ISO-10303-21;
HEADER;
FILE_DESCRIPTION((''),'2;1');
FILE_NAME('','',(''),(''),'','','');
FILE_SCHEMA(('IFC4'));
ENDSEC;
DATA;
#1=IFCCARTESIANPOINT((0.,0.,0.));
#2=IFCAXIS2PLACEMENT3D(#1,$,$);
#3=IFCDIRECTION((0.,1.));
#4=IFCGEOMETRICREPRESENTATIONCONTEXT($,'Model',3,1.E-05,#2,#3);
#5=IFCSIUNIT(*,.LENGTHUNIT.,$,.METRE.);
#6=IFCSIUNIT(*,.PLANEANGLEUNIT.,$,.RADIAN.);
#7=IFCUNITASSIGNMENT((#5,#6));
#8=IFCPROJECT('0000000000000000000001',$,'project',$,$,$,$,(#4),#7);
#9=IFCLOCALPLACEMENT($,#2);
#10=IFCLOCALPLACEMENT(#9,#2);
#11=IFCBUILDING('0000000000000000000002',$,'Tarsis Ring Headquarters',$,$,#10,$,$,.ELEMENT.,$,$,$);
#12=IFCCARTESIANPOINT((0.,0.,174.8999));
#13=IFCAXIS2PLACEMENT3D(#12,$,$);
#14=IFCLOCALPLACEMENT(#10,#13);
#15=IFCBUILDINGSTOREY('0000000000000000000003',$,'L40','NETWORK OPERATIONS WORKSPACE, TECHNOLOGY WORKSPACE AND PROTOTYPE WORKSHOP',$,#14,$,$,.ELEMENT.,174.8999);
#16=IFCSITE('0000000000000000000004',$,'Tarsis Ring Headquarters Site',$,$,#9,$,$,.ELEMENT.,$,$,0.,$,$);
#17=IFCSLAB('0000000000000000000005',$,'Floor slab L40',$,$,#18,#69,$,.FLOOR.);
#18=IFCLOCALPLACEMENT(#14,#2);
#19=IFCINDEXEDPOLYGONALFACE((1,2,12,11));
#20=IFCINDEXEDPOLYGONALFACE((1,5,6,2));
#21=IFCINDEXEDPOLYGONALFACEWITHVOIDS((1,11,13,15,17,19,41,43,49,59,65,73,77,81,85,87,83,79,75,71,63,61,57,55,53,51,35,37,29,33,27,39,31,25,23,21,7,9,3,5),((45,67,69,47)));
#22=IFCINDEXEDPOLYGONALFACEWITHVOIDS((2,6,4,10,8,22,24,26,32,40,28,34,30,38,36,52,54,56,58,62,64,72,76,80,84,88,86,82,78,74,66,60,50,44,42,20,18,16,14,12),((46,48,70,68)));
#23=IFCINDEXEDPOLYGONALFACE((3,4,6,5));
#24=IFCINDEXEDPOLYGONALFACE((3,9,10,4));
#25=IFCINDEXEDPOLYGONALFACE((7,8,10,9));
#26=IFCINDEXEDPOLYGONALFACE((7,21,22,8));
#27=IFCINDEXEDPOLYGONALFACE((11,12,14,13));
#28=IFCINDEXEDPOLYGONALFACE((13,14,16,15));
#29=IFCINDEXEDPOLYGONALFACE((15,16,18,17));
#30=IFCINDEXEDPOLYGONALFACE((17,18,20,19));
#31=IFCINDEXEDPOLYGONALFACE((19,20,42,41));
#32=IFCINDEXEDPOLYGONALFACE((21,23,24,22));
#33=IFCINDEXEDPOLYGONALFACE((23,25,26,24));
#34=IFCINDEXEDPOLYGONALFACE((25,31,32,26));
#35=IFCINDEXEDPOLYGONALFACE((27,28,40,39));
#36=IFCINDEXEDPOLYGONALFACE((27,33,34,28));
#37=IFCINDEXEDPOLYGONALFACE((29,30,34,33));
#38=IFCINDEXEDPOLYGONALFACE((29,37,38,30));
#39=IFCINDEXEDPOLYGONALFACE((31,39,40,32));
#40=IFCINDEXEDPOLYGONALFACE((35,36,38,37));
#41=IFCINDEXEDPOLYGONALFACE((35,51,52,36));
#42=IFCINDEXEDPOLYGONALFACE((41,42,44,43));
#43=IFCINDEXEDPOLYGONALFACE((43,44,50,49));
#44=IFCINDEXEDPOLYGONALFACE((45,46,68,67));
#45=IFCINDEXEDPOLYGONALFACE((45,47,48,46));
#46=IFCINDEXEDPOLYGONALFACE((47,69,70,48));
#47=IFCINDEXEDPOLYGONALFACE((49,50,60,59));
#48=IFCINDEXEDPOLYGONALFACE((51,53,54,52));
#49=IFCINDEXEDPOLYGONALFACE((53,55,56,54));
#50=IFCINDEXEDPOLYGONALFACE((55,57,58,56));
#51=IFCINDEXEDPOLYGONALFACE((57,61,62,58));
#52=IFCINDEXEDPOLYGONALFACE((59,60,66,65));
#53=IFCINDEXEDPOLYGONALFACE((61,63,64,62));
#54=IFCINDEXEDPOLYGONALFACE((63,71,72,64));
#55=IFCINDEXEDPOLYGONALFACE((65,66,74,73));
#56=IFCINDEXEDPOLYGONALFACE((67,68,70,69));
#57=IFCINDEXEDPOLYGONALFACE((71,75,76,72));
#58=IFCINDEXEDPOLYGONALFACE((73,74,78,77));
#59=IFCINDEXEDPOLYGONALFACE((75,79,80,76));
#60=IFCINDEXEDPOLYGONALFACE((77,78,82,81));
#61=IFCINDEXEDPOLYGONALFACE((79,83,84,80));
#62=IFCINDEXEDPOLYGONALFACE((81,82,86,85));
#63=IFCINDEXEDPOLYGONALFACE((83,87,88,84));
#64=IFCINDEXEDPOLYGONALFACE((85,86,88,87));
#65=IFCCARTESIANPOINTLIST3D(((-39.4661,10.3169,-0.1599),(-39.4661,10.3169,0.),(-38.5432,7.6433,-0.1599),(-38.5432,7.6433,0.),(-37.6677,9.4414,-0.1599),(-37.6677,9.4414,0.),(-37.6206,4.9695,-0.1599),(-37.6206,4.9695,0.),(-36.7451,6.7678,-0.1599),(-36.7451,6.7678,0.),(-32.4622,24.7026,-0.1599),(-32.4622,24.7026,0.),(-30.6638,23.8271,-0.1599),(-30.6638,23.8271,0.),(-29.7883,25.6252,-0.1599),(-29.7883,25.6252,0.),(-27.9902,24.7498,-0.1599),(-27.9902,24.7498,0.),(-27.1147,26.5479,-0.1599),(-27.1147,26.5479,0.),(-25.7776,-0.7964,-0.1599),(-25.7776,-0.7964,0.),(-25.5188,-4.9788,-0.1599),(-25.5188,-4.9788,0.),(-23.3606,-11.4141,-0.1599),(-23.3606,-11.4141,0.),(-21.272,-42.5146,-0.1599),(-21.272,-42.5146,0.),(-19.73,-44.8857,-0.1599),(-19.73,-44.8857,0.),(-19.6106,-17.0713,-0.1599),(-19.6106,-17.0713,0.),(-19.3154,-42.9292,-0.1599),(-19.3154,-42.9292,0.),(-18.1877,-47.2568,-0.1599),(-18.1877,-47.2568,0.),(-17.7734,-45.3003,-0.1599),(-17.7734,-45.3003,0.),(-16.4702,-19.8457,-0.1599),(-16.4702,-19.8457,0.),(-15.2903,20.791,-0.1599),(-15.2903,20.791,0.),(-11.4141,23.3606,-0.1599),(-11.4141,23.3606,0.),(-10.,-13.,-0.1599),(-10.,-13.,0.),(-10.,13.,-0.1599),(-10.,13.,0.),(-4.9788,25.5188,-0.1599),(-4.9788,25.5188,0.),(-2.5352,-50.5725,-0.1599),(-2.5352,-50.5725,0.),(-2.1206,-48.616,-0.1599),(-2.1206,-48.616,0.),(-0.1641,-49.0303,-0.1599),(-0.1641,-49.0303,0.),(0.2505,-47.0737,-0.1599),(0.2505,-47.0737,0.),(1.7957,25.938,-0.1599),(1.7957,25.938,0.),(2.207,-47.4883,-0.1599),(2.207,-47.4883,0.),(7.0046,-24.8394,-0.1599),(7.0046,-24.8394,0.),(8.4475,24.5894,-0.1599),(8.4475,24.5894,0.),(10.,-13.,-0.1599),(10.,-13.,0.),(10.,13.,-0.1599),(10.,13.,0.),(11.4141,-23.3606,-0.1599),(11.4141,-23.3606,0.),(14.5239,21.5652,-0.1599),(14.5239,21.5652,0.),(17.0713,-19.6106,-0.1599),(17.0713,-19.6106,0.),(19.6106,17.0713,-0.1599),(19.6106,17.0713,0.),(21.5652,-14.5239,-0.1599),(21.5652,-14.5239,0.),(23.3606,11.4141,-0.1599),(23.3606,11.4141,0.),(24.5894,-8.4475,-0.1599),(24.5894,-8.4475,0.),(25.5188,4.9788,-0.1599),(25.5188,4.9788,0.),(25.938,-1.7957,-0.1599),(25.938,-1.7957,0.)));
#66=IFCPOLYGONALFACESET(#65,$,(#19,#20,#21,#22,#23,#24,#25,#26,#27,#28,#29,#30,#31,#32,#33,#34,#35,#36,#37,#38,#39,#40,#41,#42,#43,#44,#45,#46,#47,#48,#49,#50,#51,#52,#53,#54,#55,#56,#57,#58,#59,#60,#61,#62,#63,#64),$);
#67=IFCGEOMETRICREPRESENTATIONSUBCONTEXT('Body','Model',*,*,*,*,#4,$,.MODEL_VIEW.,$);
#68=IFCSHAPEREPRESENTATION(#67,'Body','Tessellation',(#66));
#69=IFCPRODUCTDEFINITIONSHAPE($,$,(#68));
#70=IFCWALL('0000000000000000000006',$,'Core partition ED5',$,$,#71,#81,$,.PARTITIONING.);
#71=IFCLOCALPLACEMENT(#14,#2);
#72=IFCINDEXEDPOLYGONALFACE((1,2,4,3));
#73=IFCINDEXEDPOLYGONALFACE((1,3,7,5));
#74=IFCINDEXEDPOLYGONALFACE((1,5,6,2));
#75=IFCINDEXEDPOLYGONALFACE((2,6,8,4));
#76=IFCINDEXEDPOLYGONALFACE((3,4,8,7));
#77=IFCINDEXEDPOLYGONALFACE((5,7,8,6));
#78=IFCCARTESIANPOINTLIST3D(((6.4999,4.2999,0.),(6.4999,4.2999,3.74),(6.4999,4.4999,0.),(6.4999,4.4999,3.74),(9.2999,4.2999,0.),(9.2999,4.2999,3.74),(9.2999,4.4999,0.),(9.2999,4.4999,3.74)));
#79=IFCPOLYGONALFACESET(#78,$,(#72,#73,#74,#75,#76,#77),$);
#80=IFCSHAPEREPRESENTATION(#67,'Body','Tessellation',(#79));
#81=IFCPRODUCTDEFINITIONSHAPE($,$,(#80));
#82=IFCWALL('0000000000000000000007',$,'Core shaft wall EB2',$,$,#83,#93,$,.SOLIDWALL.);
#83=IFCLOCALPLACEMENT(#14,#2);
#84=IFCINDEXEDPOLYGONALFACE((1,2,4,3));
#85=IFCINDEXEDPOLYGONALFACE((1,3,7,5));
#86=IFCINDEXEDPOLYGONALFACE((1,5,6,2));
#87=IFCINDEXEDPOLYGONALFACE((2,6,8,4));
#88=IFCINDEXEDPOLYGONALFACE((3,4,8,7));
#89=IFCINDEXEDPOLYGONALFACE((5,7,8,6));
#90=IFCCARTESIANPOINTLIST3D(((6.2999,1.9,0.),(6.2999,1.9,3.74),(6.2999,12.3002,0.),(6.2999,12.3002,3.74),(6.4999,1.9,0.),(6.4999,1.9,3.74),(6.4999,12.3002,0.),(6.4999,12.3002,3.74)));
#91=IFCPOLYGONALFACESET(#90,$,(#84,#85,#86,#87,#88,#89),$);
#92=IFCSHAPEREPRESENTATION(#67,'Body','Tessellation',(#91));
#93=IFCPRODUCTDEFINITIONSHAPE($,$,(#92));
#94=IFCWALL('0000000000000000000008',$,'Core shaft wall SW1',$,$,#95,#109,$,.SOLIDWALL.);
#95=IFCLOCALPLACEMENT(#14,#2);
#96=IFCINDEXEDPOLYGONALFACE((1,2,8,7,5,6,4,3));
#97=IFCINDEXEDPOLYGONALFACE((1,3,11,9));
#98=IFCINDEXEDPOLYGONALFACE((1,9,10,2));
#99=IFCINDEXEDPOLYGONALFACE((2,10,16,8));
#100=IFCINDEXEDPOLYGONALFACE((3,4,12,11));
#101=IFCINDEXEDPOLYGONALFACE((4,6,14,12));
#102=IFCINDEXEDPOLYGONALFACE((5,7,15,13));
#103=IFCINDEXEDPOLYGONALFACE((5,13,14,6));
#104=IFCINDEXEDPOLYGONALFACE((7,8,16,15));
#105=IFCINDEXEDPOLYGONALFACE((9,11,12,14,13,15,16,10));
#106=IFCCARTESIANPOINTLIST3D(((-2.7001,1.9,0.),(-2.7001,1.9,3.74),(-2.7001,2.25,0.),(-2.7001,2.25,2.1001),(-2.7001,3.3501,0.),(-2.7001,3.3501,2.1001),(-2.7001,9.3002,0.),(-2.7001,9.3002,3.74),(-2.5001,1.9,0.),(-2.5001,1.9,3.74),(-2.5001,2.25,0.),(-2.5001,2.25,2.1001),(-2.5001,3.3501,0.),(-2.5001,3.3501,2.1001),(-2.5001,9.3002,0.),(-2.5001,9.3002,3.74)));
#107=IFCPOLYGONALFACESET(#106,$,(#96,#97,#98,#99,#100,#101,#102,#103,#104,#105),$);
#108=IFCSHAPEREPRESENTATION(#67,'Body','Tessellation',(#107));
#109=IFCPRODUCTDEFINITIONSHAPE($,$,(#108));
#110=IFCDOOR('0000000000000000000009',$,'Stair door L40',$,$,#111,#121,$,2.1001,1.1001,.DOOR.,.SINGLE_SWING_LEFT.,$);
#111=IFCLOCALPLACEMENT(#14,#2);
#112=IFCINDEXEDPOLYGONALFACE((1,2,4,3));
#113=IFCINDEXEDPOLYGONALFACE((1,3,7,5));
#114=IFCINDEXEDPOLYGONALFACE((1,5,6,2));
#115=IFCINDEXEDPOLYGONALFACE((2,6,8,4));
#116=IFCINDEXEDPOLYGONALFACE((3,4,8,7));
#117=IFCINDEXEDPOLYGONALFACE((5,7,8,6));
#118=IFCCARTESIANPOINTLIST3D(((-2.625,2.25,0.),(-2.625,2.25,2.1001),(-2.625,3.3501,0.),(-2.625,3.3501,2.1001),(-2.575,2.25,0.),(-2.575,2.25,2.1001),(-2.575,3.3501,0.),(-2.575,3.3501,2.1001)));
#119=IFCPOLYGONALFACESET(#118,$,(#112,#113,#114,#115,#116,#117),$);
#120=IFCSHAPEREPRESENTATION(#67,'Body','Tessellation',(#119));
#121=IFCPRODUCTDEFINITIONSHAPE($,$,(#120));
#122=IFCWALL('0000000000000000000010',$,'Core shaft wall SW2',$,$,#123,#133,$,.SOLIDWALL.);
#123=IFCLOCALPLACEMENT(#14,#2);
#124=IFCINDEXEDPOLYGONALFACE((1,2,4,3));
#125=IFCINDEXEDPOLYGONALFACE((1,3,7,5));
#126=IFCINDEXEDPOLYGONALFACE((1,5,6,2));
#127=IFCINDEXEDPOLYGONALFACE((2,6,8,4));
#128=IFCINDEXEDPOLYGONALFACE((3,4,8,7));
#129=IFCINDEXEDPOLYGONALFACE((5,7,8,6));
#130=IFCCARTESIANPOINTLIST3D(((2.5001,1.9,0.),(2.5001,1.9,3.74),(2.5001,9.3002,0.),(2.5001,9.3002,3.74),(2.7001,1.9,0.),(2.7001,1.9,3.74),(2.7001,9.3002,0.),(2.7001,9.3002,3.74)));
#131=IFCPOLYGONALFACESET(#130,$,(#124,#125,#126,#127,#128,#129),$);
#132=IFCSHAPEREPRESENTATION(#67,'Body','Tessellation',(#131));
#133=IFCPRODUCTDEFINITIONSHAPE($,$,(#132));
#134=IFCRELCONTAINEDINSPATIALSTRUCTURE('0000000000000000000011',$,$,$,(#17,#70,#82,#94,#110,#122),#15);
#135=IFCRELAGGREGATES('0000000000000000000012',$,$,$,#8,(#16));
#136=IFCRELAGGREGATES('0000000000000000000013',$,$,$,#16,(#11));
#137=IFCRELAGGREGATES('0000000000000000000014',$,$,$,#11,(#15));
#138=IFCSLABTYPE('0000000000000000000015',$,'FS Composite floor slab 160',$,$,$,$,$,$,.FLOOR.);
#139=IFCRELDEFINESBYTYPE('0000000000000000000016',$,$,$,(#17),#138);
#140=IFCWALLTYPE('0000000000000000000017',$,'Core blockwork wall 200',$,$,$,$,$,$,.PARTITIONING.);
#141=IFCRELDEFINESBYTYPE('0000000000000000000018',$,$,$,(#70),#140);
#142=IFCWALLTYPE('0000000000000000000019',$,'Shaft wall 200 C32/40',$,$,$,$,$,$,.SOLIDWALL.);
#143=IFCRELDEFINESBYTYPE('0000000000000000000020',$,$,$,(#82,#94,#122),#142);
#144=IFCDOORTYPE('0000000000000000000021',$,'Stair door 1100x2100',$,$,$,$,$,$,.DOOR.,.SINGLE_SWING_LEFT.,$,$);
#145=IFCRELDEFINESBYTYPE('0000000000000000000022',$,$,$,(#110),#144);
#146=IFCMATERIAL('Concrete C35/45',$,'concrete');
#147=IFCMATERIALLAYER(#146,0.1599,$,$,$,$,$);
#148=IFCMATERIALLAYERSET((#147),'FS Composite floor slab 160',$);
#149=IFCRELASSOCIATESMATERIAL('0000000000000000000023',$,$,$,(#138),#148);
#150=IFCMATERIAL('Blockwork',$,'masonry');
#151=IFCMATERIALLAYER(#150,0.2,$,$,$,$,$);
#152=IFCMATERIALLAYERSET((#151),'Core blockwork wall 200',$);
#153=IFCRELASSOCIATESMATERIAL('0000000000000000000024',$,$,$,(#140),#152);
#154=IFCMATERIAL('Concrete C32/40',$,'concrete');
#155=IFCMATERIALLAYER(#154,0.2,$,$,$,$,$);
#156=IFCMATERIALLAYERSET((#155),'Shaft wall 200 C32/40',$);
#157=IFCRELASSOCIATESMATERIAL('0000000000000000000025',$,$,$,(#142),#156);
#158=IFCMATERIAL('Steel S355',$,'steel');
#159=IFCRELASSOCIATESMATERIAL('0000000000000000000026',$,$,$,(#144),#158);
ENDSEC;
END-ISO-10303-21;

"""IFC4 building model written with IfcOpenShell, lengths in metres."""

from ifc_helpers import new_model, si_unit, direction, frame, frame_2d, origin, place, context, subcontext, project, spatial, polyline, rectangle, outline, extrude, material, layer, layer_set, type_object, element, fill, save


model = new_model("IFC4")

# Units and contexts
model_context = context("Model", 3, precision=1e-05, world=origin(), true_north=direction((0.0, 1.0)))
body_context = subcontext(model_context, "Body", "Model", "MODEL_VIEW")
ifc_project = project(units=[si_unit("LENGTHUNIT", "METRE"), si_unit("PLANEANGLEUNIT", "RADIAN")], contexts=[model_context])

# Site, building, storey
site_placement = place(None, origin())
site = spatial("IfcSite", under=ifc_project, at=site_placement, Name="Tarsis Ring Headquarters Site", CompositionType="ELEMENT", RefElevation=0.0)
building_placement = place(site_placement, origin())
building = spatial("IfcBuilding", under=site, at=building_placement, Name="Tarsis Ring Headquarters", CompositionType="ELEMENT")
storey_placement = place(building_placement, frame((0.0, 0.0, 174.8999)))
storey = spatial("IfcBuildingStorey", under=building, at=storey_placement, Name="L40", Description="NETWORK OPERATIONS WORKSPACE, TECHNOLOGY WORKSPACE AND PROTOTYPE WORKSHOP", CompositionType="ELEMENT", Elevation=174.8999)

# Slab
ifc_material_1 = material(Name="Concrete C35/45", Category="concrete")
ifc_layer_1 = layer(ifc_material_1, 0.1599)
ifc_layer_set_1 = layer_set([ifc_layer_1], Name="FS Composite floor slab 160")
slab_type_1 = type_object("IfcSlabType", Name="FS Composite floor slab 160", PredefinedType="FLOOR", material=ifc_layer_set_1)
slab_1_placement = place(storey_placement, frame((0.0, 0.0, -0.1599)))
element("IfcSlab", 1, at=slab_1_placement, inside=storey, type_object=slab_type_1, Name="Floor slab L40", PredefinedType="FLOOR", context=body_context, shape_type="SweptSolid", body=[
    extrude(outline(polyline([(-25.7776, -0.7964), (-25.5188, -4.9788), (-23.3606, -11.4141), (-19.6106, -17.0713), (-16.4702, -19.8457), (-21.272, -42.5146), (-19.3154, -42.9292), (-19.73, -44.8857), (-17.7734, -45.3003), (-18.1877, -47.2568), (-2.5352, -50.5725), (-2.1206, -48.616), (-0.1641, -49.0303), (0.2505, -47.0737), (2.207, -47.4883), (7.0046, -24.8394), (11.4141, -23.3606), (17.0713, -19.6106), (21.5652, -14.5239), (24.5894, -8.4475), (25.938, -1.7957), (25.5188, 4.9788), (23.3606, 11.4141), (19.6106, 17.0713), (14.5239, 21.5652), (8.4475, 24.5894), (1.7957, 25.938), (-4.9788, 25.5188), (-11.4141, 23.3606), (-15.2903, 20.791), (-27.1147, 26.5479), (-27.9902, 24.7498), (-29.7883, 25.6252), (-30.6638, 23.8271), (-32.4622, 24.7026), (-39.4661, 10.3169), (-37.6677, 9.4414), (-38.5432, 7.6433), (-36.7451, 6.7678), (-37.6206, 4.9695), (-25.7776, -0.7964)]), holes=[polyline([(-10.0, -13.0), (-10.0, 13.0), (10.0, 13.0), (10.0, -13.0), (-10.0, -13.0)])]), origin(), (0.0, 0.0, 1.0), 0.1599),
])

# Walls
ifc_material_2 = material(Name="Blockwork", Category="masonry")
ifc_layer_2 = layer(ifc_material_2, 0.2)
ifc_layer_set_2 = layer_set([ifc_layer_2], Name="Core blockwork wall 200")
wall_type_1 = type_object("IfcWallType", Name="Core blockwork wall 200", PredefinedType="PARTITIONING", material=ifc_layer_set_2)
wall_1_placement = place(storey_placement, frame((6.5, 4.3999, 0.0), z_axis=(0.0, 0.0, 1.0), x_axis=(1.0, 0.0, 0.0)))
element("IfcWall", 2, at=wall_1_placement, inside=storey, type_object=wall_type_1, Name="Core partition ED5", PredefinedType="PARTITIONING", context=body_context, shape_type="SweptSolid", body=[
    extrude(rectangle(XDim=2.8, YDim=0.2, at=frame_2d((1.3999, 0.0))), origin(), (0.0, 0.0, 1.0), 3.74),
])
ifc_material_3 = material(Name="Concrete C32/40", Category="concrete")
ifc_layer_3 = layer(ifc_material_3, 0.2)
ifc_layer_set_3 = layer_set([ifc_layer_3], Name="Shaft wall 200 C32/40")
wall_type_2 = type_object("IfcWallType", Name="Shaft wall 200 C32/40", PredefinedType="SOLIDWALL", material=ifc_layer_set_3)
wall_2_placement = place(storey_placement, frame((6.3999, 1.8999, 0.0), z_axis=(0.0, 0.0, 1.0), x_axis=(0.0, 1.0, 0.0)))
element("IfcWall", 3, at=wall_2_placement, inside=storey, type_object=wall_type_2, Name="Core shaft wall EB2", PredefinedType="SOLIDWALL", context=body_context, shape_type="SweptSolid", body=[
    extrude(rectangle(XDim=10.4001, YDim=0.2, at=frame_2d((5.2002, 0.0))), origin(), (0.0, 0.0, 1.0), 3.74),
])

# Wall, opening, door
wall_3_placement = place(storey_placement, frame((-2.6001, 1.8999, 0.0), z_axis=(0.0, 0.0, 1.0), x_axis=(0.0, 1.0, 0.0)))
wall_3 = element("IfcWall", 4, at=wall_3_placement, inside=storey, type_object=wall_type_2, Name="Core shaft wall SW1", PredefinedType="SOLIDWALL", context=body_context, shape_type="SweptSolid", body=[
    extrude(rectangle(XDim=7.4001, YDim=0.2, at=frame_2d((3.7002, 0.0))), origin(), (0.0, 0.0, 1.0), 3.74),
])
opening_placement = place(wall_3_placement, frame((0.3501, 0.0, 0.0)))
opening = element("IfcOpeningElement", 5, at=opening_placement, cuts=wall_3, PredefinedType="OPENING", context=body_context, shape_type="SweptSolid", body=[
    extrude(rectangle(XDim=1.1001, YDim=2.1001, at=frame_2d((0.55, 1.05))), frame((0.0, 0.1099, 0.0), z_axis=(0.0, -1.0, 0.0), x_axis=(1.0, 0.0, 0.0)), (0.0, 0.0, 1.0), 0.22),
])
ifc_material_4 = material(Name="Steel S355", Category="steel")
door_type = type_object("IfcDoorType", Name="Stair door 1100x2100", OperationType="SINGLE_SWING_LEFT", PredefinedType="DOOR", material=ifc_material_4)
door_placement = place(opening_placement, origin())
door = element("IfcDoor", 6, at=door_placement, inside=storey, type_object=door_type, Name="Stair door L40", OperationType="SINGLE_SWING_LEFT", OverallHeight=2.1001, OverallWidth=1.1001, PredefinedType="DOOR", context=body_context, shape_type="SweptSolid", body=[
    extrude(rectangle(XDim=1.1001, YDim=2.1001, at=frame_2d((0.55, 1.05))), frame((0.0, 0.0249, 0.0), z_axis=(0.0, -1.0, 0.0), x_axis=(1.0, 0.0, 0.0)), (0.0, 0.0, 1.0), 0.05),
])
fill(opening, door)

# Wall
wall_4_placement = place(storey_placement, frame((2.6001, 1.8999, 0.0), z_axis=(0.0, 0.0, 1.0), x_axis=(0.0, 1.0, 0.0)))
element("IfcWall", 7, at=wall_4_placement, inside=storey, type_object=wall_type_2, Name="Core shaft wall SW2", PredefinedType="SOLIDWALL", context=body_context, shape_type="SweptSolid", body=[
    extrude(rectangle(XDim=7.4001, YDim=0.2, at=frame_2d((3.7002, 0.0))), origin(), (0.0, 0.0, 1.0), 3.74),
])

save(model, "model.ifc")
